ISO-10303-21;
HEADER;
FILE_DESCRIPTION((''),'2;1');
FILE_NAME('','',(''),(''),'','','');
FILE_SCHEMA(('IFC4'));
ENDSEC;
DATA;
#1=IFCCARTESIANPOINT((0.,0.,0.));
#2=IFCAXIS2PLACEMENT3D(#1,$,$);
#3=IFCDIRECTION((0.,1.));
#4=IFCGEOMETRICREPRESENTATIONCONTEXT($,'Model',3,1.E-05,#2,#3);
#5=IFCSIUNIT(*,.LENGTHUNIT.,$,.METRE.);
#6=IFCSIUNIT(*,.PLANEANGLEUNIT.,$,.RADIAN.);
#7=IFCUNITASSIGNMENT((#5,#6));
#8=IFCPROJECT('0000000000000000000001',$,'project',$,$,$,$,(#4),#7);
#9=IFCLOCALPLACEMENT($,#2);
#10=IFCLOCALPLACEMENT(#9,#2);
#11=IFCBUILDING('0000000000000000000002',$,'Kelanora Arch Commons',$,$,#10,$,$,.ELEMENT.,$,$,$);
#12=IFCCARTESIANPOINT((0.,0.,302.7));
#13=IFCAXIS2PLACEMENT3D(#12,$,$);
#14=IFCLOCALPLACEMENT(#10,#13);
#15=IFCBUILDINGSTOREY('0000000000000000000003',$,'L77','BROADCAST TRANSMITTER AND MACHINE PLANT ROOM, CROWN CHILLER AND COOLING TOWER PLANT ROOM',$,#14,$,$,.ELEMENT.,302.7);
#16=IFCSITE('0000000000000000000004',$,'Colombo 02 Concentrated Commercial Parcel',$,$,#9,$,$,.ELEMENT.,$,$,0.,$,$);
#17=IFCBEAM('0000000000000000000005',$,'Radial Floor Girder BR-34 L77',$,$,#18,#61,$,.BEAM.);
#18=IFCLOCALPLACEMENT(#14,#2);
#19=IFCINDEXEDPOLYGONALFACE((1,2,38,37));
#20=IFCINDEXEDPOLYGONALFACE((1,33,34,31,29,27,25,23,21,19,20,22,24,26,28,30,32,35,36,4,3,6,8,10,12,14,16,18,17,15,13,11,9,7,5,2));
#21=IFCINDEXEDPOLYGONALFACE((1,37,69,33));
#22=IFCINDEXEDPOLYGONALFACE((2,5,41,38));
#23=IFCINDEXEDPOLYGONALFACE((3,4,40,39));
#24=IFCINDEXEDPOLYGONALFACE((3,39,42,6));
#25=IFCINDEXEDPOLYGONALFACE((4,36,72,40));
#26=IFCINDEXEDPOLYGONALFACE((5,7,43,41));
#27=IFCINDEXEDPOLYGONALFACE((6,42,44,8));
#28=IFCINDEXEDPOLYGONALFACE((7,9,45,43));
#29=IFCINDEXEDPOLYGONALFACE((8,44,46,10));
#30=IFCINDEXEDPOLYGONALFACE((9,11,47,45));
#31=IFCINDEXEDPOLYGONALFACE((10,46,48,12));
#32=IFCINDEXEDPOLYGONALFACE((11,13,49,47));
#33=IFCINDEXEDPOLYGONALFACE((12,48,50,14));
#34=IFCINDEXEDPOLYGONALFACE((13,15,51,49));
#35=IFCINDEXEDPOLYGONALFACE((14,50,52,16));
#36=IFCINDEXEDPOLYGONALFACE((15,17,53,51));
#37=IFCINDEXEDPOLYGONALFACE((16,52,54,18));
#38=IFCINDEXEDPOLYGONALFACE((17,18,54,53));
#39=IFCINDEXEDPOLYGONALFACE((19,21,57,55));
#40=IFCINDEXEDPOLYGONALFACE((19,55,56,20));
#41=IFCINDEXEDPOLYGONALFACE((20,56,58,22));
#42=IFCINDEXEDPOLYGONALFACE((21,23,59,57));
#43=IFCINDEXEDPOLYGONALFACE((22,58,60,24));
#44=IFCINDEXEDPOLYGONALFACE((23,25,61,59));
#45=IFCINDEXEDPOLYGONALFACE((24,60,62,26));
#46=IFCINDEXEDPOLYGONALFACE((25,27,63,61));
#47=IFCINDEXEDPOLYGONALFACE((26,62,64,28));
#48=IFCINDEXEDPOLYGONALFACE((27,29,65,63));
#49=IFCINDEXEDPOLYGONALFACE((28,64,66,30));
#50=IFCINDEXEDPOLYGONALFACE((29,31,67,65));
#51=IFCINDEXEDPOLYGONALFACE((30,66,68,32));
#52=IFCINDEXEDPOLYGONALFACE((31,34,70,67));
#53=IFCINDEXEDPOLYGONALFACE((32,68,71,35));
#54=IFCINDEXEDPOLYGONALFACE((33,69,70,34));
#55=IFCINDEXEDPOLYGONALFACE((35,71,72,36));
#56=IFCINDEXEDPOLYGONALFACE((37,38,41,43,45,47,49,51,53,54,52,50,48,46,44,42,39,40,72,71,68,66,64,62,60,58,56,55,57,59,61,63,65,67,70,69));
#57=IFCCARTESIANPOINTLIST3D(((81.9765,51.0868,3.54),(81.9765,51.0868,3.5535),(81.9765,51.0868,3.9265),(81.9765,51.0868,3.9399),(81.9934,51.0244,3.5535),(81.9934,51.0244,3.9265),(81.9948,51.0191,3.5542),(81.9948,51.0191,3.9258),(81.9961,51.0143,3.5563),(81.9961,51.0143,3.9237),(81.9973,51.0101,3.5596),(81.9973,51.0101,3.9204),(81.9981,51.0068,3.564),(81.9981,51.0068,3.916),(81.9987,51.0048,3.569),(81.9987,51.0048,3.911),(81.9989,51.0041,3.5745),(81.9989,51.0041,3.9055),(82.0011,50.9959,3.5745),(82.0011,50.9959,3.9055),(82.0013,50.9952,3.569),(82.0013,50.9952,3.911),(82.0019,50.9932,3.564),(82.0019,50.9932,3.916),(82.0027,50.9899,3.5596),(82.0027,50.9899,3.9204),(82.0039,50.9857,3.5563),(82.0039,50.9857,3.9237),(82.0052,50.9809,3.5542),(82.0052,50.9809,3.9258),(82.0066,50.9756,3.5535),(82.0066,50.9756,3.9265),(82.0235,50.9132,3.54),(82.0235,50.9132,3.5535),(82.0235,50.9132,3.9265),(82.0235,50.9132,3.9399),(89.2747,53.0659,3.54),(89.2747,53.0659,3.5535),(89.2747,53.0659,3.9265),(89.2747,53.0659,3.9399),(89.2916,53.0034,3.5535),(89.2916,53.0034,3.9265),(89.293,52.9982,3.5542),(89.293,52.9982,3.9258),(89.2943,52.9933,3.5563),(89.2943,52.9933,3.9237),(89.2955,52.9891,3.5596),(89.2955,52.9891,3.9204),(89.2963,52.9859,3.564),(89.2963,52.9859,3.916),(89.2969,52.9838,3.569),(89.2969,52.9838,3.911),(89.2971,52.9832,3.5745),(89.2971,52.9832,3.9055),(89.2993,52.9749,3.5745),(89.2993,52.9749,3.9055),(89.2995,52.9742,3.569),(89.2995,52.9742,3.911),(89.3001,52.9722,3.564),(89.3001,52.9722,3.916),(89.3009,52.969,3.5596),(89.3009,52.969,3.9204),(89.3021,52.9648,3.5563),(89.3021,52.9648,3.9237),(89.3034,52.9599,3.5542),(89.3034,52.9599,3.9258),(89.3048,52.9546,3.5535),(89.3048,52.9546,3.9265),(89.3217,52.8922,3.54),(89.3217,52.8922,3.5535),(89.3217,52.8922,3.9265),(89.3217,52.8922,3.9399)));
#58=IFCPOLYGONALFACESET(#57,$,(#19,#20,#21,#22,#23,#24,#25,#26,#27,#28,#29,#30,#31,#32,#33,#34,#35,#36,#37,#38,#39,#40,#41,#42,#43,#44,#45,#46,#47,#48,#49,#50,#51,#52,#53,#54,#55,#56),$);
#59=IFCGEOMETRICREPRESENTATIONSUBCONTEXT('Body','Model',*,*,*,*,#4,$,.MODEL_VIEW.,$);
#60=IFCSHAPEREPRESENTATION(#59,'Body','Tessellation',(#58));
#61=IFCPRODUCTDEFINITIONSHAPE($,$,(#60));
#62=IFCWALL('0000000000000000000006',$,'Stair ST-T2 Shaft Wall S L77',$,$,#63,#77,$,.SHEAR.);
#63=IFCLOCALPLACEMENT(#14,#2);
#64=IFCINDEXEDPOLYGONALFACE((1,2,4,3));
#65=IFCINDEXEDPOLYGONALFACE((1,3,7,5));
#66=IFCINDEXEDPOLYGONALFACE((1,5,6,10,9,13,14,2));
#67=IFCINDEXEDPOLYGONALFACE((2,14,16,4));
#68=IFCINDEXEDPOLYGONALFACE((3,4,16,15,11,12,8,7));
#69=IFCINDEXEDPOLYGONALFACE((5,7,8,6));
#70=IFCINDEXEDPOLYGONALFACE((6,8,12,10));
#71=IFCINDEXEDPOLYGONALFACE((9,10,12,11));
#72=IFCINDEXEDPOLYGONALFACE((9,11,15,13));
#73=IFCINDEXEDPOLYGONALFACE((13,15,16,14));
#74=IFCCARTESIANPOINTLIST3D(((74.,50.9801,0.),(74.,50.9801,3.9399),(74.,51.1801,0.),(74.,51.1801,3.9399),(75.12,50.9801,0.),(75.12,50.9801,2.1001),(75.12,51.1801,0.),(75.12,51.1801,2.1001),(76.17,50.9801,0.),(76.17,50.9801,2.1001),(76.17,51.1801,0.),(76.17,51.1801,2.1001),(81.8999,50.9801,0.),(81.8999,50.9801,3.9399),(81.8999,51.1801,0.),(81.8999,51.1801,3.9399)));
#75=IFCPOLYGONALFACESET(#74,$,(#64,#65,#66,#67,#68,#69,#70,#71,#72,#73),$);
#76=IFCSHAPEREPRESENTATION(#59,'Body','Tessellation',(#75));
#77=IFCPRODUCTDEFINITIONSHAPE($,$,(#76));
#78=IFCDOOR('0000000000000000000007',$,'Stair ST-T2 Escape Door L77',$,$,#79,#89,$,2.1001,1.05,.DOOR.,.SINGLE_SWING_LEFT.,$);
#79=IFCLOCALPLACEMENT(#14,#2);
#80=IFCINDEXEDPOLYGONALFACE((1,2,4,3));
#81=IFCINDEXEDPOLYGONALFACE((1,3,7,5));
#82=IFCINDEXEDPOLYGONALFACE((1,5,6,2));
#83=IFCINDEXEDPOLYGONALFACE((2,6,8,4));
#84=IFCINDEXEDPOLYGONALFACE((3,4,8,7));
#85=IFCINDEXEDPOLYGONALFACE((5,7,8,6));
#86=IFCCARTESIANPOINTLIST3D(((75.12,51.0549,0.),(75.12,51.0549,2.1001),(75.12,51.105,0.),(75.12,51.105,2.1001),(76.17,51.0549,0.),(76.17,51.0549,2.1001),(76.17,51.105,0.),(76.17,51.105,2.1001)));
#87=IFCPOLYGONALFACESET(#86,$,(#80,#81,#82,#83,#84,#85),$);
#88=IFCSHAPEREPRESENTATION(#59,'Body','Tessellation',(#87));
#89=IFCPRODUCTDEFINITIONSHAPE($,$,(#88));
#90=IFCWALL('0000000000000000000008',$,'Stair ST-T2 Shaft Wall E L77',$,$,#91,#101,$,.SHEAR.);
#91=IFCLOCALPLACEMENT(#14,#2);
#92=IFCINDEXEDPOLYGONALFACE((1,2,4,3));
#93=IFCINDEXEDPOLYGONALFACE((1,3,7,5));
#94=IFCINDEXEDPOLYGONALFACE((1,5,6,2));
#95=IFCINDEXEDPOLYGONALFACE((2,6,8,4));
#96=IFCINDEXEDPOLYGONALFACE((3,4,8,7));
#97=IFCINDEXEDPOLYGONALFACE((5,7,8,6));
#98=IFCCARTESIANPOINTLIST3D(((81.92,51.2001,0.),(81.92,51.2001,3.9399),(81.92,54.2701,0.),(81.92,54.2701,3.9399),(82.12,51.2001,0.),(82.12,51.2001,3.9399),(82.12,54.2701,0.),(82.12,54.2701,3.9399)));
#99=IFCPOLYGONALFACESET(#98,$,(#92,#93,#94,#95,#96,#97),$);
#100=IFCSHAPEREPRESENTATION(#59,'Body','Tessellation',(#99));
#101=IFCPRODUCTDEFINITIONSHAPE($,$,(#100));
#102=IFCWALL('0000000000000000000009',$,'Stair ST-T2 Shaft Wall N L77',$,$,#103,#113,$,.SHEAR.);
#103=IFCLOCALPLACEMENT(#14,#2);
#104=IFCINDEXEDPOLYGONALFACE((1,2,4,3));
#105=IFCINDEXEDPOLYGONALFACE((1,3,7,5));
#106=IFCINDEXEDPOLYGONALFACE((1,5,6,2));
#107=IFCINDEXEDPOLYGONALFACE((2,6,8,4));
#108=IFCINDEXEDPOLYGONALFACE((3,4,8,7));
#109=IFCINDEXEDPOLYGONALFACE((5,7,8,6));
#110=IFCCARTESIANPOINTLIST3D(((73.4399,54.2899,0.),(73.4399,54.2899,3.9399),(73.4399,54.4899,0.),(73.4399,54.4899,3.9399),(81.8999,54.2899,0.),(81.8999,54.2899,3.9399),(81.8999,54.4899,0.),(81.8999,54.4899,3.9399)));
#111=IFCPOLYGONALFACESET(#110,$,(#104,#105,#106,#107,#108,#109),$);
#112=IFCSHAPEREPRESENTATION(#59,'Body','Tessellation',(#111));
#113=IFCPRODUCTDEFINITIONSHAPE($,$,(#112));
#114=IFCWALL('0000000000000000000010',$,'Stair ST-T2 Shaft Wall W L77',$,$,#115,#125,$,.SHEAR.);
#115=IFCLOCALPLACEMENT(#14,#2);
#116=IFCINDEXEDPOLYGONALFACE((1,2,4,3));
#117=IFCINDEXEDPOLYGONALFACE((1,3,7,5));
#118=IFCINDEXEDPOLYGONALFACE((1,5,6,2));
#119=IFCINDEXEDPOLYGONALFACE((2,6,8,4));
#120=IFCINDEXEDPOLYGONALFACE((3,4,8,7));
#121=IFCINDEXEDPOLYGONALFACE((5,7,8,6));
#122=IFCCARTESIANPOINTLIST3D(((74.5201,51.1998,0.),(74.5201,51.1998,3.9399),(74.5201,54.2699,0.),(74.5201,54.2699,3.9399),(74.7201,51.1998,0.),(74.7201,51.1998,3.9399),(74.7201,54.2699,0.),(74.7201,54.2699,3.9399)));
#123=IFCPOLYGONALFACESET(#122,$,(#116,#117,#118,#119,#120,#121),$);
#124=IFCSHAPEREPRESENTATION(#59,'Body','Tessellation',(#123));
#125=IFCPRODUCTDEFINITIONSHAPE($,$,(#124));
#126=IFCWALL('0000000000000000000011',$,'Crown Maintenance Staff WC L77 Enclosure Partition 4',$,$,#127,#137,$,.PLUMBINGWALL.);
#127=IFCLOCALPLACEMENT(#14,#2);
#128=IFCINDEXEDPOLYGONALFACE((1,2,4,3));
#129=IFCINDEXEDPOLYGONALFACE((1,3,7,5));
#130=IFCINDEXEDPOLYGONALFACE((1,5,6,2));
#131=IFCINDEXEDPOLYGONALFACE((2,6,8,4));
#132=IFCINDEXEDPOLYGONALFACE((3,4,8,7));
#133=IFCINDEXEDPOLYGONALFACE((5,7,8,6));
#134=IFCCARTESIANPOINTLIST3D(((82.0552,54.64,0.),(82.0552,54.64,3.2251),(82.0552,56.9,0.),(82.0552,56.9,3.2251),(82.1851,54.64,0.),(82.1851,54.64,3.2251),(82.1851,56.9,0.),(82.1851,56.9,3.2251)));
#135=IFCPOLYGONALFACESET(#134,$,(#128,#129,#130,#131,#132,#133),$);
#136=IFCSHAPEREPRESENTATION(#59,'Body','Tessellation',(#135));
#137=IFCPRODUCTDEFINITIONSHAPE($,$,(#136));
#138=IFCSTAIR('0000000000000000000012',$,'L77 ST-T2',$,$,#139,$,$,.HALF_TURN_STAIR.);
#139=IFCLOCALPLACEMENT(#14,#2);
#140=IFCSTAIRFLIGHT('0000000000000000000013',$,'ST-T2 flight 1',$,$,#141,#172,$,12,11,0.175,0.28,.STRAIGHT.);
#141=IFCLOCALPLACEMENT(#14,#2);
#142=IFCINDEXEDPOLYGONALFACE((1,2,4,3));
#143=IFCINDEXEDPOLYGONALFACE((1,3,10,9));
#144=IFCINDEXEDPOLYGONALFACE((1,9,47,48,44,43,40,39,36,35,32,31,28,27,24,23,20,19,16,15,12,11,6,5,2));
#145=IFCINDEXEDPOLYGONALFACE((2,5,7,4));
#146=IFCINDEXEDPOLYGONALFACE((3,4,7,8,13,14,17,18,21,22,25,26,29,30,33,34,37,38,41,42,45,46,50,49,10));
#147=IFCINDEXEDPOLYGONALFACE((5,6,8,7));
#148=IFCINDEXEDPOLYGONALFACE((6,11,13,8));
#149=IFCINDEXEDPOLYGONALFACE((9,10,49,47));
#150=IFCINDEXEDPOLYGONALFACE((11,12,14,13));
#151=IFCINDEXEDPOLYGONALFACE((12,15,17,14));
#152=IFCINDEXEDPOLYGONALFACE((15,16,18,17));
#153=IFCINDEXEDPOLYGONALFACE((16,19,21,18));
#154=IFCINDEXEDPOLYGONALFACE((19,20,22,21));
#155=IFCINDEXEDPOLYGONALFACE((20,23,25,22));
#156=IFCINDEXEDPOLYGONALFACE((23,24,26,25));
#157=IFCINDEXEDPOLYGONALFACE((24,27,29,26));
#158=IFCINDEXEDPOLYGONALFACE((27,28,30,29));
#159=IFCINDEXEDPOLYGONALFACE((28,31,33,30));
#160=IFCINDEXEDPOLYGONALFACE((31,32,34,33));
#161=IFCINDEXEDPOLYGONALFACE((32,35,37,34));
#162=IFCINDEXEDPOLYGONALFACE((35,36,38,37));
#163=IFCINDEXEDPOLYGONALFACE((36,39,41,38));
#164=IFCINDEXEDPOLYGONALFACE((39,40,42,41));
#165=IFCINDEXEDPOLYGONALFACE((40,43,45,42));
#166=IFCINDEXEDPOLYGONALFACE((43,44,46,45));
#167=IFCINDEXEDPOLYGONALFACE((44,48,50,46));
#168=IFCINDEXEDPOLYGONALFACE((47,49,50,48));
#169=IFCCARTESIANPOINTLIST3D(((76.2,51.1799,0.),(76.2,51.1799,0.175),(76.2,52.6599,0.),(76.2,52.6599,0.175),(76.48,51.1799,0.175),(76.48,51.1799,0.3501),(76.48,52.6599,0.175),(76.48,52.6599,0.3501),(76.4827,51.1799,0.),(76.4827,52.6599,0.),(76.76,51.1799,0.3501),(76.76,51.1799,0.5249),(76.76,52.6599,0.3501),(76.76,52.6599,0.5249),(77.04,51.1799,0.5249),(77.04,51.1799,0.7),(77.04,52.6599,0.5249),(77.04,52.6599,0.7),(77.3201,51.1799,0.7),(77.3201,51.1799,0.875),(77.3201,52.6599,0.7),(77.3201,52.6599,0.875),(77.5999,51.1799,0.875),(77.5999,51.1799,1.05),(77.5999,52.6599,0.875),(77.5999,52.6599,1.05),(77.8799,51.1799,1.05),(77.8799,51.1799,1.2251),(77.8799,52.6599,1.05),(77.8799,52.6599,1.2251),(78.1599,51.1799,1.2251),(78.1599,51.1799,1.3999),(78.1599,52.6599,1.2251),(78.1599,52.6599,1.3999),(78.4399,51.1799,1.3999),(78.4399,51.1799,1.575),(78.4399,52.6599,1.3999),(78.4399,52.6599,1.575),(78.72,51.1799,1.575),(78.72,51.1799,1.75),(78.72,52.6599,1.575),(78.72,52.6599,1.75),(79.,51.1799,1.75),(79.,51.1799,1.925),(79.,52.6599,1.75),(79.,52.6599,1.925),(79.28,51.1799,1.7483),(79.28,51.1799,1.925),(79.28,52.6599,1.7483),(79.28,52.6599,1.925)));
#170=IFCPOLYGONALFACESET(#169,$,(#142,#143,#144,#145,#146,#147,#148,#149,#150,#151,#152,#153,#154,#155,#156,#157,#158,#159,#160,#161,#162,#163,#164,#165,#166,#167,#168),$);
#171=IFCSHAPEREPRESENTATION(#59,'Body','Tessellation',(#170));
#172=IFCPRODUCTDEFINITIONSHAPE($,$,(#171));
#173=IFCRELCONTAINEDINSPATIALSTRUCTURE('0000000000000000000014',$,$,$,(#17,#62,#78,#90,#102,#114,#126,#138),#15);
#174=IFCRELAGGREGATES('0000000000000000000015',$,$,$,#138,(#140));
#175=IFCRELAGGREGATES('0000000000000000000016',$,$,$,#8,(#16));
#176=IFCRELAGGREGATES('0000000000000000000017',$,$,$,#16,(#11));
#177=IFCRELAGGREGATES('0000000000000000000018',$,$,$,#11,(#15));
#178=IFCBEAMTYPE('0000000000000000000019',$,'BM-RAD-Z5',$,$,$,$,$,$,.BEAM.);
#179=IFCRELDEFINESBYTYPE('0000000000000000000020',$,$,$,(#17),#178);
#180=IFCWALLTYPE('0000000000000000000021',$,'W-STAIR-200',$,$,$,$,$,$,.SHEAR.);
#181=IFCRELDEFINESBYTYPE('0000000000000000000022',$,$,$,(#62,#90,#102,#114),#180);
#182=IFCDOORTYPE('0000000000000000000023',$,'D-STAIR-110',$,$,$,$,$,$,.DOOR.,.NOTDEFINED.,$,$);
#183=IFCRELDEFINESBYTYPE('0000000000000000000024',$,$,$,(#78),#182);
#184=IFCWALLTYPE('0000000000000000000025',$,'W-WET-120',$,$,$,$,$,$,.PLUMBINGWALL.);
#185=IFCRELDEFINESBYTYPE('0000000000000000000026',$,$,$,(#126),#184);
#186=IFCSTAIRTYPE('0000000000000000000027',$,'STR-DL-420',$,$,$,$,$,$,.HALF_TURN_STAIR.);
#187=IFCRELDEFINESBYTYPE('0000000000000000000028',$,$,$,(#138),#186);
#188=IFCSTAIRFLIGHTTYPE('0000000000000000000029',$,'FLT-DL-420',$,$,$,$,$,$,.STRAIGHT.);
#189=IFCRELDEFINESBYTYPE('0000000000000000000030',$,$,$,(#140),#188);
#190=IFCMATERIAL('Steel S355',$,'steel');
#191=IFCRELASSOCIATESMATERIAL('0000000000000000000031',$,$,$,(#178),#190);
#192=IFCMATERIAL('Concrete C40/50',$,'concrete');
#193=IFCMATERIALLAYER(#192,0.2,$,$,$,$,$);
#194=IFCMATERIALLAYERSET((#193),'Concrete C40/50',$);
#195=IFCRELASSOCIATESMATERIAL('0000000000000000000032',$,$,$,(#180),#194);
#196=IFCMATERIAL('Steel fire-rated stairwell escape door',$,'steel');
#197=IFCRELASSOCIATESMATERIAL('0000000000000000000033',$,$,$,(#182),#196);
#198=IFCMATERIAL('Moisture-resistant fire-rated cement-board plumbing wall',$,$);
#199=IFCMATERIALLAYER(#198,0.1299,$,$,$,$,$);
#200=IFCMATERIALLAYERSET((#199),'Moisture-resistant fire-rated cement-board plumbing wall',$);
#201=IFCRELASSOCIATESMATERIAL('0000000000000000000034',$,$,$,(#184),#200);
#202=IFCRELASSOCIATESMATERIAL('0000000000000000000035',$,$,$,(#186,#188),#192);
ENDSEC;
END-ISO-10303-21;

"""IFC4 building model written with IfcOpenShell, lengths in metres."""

from ifc_helpers import new_model, si_unit, direction, frame, frame_2d, origin, origin_2d, place, context, subcontext, project, spatial, polyline, rectangle, i_section, outline, extrude, material, layer, layer_set, material_profile, profile_set, type_object, element, fill, aggregate, save


model = new_model("IFC4")

# Units and contexts
model_context = context("Model", 3, precision=1e-05, world=origin(), true_north=direction((0.0, 1.0)))
body_context = subcontext(model_context, "Body", "Model", "MODEL_VIEW")
ifc_project = project(units=[si_unit("LENGTHUNIT", "METRE"), si_unit("PLANEANGLEUNIT", "RADIAN")], contexts=[model_context])

# Site, building, storey
site_placement = place(None, origin())
site = spatial("IfcSite", under=ifc_project, at=site_placement, Name="Colombo 02 Concentrated Commercial Parcel", CompositionType="ELEMENT", RefElevation=0.0)
building_placement = place(site_placement, origin())
building = spatial("IfcBuilding", under=site, at=building_placement, Name="Kelanora Arch Commons", CompositionType="ELEMENT")
storey_placement = place(building_placement, frame((0.0, 0.0, 302.7)))
storey = spatial("IfcBuildingStorey", under=building, at=storey_placement, Name="L77", Description="BROADCAST TRANSMITTER AND MACHINE PLANT ROOM, CROWN CHILLER AND COOLING TOWER PLANT ROOM", CompositionType="ELEMENT", Elevation=302.7)

# Beam
ifc_material_1 = material(Name="Steel S355", Category="steel")
ifc_material_profile_1 = material_profile(ifc_material_1, i_section(OverallWidth=0.1799, OverallDepth=0.3999, WebThickness=0.0085, FlangeThickness=0.0134, FilletRadius=0.021, at=origin_2d()), Name="IPE400")
ifc_profile_set_1 = profile_set([ifc_material_profile_1], Name="Steel S355")
beam_type_1 = type_object("IfcBeamType", Name="BM-RAD-Z5", PredefinedType="BEAM", material=ifc_profile_set_1)
beam_1_placement = place(storey_placement, frame((82.0, 51.0, 3.74), z_axis=(0.965145, 0.261716, 0.0), x_axis=(-0.261716, 0.965145, 0.0)))
element("IfcBeam", 1, at=beam_1_placement, inside=storey, type_object=beam_type_1, Name="Radial Floor Girder BR-34 L77", PredefinedType="BEAM", context=body_context, shape_type="SweptSolid", body=[
    extrude(i_section(OverallWidth=0.1799, OverallDepth=0.3999, WebThickness=0.0085, FlangeThickness=0.0134, FilletRadius=0.021, at=origin_2d()), origin(), (0.0, 0.0, 1.0), 7.5618),
])

# Wall, opening, door
ifc_material_2 = material(Name="Concrete C40/50", Category="concrete")
ifc_layer_1 = layer(ifc_material_2, 0.2)
ifc_layer_set_1 = layer_set([ifc_layer_1], Name="Concrete C40/50")
wall_type_1 = type_object("IfcWallType", Name="W-STAIR-200", PredefinedType="SHEAR", material=ifc_layer_set_1)
wall_1_placement = place(storey_placement, frame((74.0, 51.0801, 0.0), z_axis=(0.0, 0.0, 1.0), x_axis=(1.0, 0.0, 0.0)))
wall_1 = element("IfcWall", 2, at=wall_1_placement, inside=storey, type_object=wall_type_1, Name="Stair ST-T2 Shaft Wall S L77", PredefinedType="SHEAR", context=body_context, shape_type="SweptSolid", body=[
    extrude(rectangle(XDim=7.8999, YDim=0.2, at=frame_2d((3.95, 0.0))), origin(), (0.0, 0.0, 1.0), 3.9399),
])
opening_placement = place(wall_1_placement, frame((1.1201, 0.0, 0.0)))
opening = element("IfcOpeningElement", 3, at=opening_placement, cuts=wall_1, PredefinedType="OPENING", context=body_context, shape_type="SweptSolid", body=[
    extrude(rectangle(XDim=1.05, YDim=2.1001, at=frame_2d((0.5249, 1.05))), frame((0.0, 0.1099, 0.0), z_axis=(0.0, -1.0, 0.0), x_axis=(1.0, 0.0, 0.0)), (0.0, 0.0, 1.0), 0.22),
])
ifc_material_3 = material(Name="Steel fire-rated stairwell escape door", Category="steel")
door_type = type_object("IfcDoorType", Name="D-STAIR-110", OperationType="NOTDEFINED", PredefinedType="DOOR", material=ifc_material_3)
door_placement = place(opening_placement, origin())
door = element("IfcDoor", 4, at=door_placement, inside=storey, type_object=door_type, Name="Stair ST-T2 Escape Door L77", OperationType="SINGLE_SWING_LEFT", OverallHeight=2.1001, OverallWidth=1.05, PredefinedType="DOOR", context=body_context, shape_type="SweptSolid", body=[
    extrude(rectangle(XDim=1.05, YDim=2.1001, at=frame_2d((0.5249, 1.05))), frame((0.0, 0.0249, 0.0), z_axis=(0.0, -1.0, 0.0), x_axis=(1.0, 0.0, 0.0)), (0.0, 0.0, 1.0), 0.05),
])
fill(opening, door)

# Walls
wall_2_placement = place(storey_placement, frame((82.02, 51.2, 0.0), z_axis=(0.0, 0.0, 1.0), x_axis=(0.0, 1.0, 0.0)))
element("IfcWall", 5, at=wall_2_placement, inside=storey, type_object=wall_type_1, Name="Stair ST-T2 Shaft Wall E L77", PredefinedType="SHEAR", context=body_context, shape_type="SweptSolid", body=[
    extrude(rectangle(XDim=3.0701, YDim=0.2, at=frame_2d((1.5352, 0.0))), origin(), (0.0, 0.0, 1.0), 3.9399),
])
wall_3_placement = place(storey_placement, frame((81.8999, 54.3899, 0.0), z_axis=(0.0, 0.0, 1.0), x_axis=(-1.0, 0.0, 0.0)))
element("IfcWall", 6, at=wall_3_placement, inside=storey, type_object=wall_type_1, Name="Stair ST-T2 Shaft Wall N L77", PredefinedType="SHEAR", context=body_context, shape_type="SweptSolid", body=[
    extrude(rectangle(XDim=8.46, YDim=0.2, at=frame_2d((4.23, 0.0))), origin(), (0.0, 0.0, 1.0), 3.9399),
])
wall_4_placement = place(storey_placement, frame((74.6201, 54.27, 0.0), z_axis=(0.0, 0.0, 1.0), x_axis=(0.0, -1.0, 0.0)))
element("IfcWall", 7, at=wall_4_placement, inside=storey, type_object=wall_type_1, Name="Stair ST-T2 Shaft Wall W L77", PredefinedType="SHEAR", context=body_context, shape_type="SweptSolid", body=[
    extrude(rectangle(XDim=3.0701, YDim=0.2, at=frame_2d((1.5352, 0.0))), origin(), (0.0, 0.0, 1.0), 3.9399),
])
ifc_material_4 = material(Name="Moisture-resistant fire-rated cement-board plumbing wall")
ifc_layer_2 = layer(ifc_material_4, 0.1299)
ifc_layer_set_2 = layer_set([ifc_layer_2], Name="Moisture-resistant fire-rated cement-board plumbing wall")
wall_type_2 = type_object("IfcWallType", Name="W-WET-120", PredefinedType="PLUMBINGWALL", material=ifc_layer_set_2)
wall_5_placement = place(storey_placement, frame((82.1201, 56.8999, 0.0), z_axis=(0.0, 0.0, 1.0), x_axis=(0.0, -1.0, 0.0)))
element("IfcWall", 8, at=wall_5_placement, inside=storey, type_object=wall_type_2, Name="Crown Maintenance Staff WC L77 Enclosure Partition 4", PredefinedType="PLUMBINGWALL", context=body_context, shape_type="SweptSolid", body=[
    extrude(rectangle(XDim=2.26, YDim=0.1299, at=frame_2d((1.1299, 0.0))), origin(), (0.0, 0.0, 1.0), 3.2251),
])

# Stair, stair flight
stair_type = type_object("IfcStairType", Name="STR-DL-420", PredefinedType="HALF_TURN_STAIR", material=ifc_material_2)
stair_placement = place(storey_placement, origin())
stair = element("IfcStair", 9, at=stair_placement, inside=storey, type_object=stair_type, Name="L77 ST-T2", PredefinedType="HALF_TURN_STAIR")
stair_flight_type = type_object("IfcStairFlightType", Name="FLT-DL-420", PredefinedType="STRAIGHT", material=ifc_material_2)
stair_flight_1_placement = place(storey_placement, frame((76.2, 51.9199, 0.0), z_axis=(0.0, 0.0, 1.0), x_axis=(1.0, 0.0, 0.0)))
stair_flight_1 = element("IfcStairFlight", 10, at=stair_flight_1_placement, type_object=stair_flight_type, Name="ST-T2 flight 1", NumberOfRisers=12, NumberOfTreads=11, PredefinedType="STRAIGHT", RiserHeight=0.175, TreadLength=0.28, context=body_context, shape_type="SweptSolid", body=[
    extrude(outline(polyline([(0.0, 0.0), (0.0, 0.175), (0.28, 0.175), (0.28, 0.3501), (0.5601, 0.3501), (0.5601, 0.5249), (0.8401, 0.5249), (0.8401, 0.7), (1.1201, 0.7), (1.1201, 0.875), (1.3999, 0.875), (1.3999, 1.05), (1.6799, 1.05), (1.6799, 1.2251), (1.96, 1.2251), (1.96, 1.3999), (2.24, 1.3999), (2.24, 1.575), (2.52, 1.575), (2.52, 1.75), (2.8, 1.75), (2.8, 1.925), (3.0801, 1.925), (3.0801, 2.1001), (3.0801, 1.7483), (0.2827, 0.0), (0.0, 0.0)])), frame((0.0, 0.74, 0.0), z_axis=(0.0, -1.0, 0.0), x_axis=(1.0, 0.0, 0.0)), (0.0, 0.0, 1.0), 1.48),
])
aggregate(stair, [stair_flight_1])

save(model, "model.ifc")
